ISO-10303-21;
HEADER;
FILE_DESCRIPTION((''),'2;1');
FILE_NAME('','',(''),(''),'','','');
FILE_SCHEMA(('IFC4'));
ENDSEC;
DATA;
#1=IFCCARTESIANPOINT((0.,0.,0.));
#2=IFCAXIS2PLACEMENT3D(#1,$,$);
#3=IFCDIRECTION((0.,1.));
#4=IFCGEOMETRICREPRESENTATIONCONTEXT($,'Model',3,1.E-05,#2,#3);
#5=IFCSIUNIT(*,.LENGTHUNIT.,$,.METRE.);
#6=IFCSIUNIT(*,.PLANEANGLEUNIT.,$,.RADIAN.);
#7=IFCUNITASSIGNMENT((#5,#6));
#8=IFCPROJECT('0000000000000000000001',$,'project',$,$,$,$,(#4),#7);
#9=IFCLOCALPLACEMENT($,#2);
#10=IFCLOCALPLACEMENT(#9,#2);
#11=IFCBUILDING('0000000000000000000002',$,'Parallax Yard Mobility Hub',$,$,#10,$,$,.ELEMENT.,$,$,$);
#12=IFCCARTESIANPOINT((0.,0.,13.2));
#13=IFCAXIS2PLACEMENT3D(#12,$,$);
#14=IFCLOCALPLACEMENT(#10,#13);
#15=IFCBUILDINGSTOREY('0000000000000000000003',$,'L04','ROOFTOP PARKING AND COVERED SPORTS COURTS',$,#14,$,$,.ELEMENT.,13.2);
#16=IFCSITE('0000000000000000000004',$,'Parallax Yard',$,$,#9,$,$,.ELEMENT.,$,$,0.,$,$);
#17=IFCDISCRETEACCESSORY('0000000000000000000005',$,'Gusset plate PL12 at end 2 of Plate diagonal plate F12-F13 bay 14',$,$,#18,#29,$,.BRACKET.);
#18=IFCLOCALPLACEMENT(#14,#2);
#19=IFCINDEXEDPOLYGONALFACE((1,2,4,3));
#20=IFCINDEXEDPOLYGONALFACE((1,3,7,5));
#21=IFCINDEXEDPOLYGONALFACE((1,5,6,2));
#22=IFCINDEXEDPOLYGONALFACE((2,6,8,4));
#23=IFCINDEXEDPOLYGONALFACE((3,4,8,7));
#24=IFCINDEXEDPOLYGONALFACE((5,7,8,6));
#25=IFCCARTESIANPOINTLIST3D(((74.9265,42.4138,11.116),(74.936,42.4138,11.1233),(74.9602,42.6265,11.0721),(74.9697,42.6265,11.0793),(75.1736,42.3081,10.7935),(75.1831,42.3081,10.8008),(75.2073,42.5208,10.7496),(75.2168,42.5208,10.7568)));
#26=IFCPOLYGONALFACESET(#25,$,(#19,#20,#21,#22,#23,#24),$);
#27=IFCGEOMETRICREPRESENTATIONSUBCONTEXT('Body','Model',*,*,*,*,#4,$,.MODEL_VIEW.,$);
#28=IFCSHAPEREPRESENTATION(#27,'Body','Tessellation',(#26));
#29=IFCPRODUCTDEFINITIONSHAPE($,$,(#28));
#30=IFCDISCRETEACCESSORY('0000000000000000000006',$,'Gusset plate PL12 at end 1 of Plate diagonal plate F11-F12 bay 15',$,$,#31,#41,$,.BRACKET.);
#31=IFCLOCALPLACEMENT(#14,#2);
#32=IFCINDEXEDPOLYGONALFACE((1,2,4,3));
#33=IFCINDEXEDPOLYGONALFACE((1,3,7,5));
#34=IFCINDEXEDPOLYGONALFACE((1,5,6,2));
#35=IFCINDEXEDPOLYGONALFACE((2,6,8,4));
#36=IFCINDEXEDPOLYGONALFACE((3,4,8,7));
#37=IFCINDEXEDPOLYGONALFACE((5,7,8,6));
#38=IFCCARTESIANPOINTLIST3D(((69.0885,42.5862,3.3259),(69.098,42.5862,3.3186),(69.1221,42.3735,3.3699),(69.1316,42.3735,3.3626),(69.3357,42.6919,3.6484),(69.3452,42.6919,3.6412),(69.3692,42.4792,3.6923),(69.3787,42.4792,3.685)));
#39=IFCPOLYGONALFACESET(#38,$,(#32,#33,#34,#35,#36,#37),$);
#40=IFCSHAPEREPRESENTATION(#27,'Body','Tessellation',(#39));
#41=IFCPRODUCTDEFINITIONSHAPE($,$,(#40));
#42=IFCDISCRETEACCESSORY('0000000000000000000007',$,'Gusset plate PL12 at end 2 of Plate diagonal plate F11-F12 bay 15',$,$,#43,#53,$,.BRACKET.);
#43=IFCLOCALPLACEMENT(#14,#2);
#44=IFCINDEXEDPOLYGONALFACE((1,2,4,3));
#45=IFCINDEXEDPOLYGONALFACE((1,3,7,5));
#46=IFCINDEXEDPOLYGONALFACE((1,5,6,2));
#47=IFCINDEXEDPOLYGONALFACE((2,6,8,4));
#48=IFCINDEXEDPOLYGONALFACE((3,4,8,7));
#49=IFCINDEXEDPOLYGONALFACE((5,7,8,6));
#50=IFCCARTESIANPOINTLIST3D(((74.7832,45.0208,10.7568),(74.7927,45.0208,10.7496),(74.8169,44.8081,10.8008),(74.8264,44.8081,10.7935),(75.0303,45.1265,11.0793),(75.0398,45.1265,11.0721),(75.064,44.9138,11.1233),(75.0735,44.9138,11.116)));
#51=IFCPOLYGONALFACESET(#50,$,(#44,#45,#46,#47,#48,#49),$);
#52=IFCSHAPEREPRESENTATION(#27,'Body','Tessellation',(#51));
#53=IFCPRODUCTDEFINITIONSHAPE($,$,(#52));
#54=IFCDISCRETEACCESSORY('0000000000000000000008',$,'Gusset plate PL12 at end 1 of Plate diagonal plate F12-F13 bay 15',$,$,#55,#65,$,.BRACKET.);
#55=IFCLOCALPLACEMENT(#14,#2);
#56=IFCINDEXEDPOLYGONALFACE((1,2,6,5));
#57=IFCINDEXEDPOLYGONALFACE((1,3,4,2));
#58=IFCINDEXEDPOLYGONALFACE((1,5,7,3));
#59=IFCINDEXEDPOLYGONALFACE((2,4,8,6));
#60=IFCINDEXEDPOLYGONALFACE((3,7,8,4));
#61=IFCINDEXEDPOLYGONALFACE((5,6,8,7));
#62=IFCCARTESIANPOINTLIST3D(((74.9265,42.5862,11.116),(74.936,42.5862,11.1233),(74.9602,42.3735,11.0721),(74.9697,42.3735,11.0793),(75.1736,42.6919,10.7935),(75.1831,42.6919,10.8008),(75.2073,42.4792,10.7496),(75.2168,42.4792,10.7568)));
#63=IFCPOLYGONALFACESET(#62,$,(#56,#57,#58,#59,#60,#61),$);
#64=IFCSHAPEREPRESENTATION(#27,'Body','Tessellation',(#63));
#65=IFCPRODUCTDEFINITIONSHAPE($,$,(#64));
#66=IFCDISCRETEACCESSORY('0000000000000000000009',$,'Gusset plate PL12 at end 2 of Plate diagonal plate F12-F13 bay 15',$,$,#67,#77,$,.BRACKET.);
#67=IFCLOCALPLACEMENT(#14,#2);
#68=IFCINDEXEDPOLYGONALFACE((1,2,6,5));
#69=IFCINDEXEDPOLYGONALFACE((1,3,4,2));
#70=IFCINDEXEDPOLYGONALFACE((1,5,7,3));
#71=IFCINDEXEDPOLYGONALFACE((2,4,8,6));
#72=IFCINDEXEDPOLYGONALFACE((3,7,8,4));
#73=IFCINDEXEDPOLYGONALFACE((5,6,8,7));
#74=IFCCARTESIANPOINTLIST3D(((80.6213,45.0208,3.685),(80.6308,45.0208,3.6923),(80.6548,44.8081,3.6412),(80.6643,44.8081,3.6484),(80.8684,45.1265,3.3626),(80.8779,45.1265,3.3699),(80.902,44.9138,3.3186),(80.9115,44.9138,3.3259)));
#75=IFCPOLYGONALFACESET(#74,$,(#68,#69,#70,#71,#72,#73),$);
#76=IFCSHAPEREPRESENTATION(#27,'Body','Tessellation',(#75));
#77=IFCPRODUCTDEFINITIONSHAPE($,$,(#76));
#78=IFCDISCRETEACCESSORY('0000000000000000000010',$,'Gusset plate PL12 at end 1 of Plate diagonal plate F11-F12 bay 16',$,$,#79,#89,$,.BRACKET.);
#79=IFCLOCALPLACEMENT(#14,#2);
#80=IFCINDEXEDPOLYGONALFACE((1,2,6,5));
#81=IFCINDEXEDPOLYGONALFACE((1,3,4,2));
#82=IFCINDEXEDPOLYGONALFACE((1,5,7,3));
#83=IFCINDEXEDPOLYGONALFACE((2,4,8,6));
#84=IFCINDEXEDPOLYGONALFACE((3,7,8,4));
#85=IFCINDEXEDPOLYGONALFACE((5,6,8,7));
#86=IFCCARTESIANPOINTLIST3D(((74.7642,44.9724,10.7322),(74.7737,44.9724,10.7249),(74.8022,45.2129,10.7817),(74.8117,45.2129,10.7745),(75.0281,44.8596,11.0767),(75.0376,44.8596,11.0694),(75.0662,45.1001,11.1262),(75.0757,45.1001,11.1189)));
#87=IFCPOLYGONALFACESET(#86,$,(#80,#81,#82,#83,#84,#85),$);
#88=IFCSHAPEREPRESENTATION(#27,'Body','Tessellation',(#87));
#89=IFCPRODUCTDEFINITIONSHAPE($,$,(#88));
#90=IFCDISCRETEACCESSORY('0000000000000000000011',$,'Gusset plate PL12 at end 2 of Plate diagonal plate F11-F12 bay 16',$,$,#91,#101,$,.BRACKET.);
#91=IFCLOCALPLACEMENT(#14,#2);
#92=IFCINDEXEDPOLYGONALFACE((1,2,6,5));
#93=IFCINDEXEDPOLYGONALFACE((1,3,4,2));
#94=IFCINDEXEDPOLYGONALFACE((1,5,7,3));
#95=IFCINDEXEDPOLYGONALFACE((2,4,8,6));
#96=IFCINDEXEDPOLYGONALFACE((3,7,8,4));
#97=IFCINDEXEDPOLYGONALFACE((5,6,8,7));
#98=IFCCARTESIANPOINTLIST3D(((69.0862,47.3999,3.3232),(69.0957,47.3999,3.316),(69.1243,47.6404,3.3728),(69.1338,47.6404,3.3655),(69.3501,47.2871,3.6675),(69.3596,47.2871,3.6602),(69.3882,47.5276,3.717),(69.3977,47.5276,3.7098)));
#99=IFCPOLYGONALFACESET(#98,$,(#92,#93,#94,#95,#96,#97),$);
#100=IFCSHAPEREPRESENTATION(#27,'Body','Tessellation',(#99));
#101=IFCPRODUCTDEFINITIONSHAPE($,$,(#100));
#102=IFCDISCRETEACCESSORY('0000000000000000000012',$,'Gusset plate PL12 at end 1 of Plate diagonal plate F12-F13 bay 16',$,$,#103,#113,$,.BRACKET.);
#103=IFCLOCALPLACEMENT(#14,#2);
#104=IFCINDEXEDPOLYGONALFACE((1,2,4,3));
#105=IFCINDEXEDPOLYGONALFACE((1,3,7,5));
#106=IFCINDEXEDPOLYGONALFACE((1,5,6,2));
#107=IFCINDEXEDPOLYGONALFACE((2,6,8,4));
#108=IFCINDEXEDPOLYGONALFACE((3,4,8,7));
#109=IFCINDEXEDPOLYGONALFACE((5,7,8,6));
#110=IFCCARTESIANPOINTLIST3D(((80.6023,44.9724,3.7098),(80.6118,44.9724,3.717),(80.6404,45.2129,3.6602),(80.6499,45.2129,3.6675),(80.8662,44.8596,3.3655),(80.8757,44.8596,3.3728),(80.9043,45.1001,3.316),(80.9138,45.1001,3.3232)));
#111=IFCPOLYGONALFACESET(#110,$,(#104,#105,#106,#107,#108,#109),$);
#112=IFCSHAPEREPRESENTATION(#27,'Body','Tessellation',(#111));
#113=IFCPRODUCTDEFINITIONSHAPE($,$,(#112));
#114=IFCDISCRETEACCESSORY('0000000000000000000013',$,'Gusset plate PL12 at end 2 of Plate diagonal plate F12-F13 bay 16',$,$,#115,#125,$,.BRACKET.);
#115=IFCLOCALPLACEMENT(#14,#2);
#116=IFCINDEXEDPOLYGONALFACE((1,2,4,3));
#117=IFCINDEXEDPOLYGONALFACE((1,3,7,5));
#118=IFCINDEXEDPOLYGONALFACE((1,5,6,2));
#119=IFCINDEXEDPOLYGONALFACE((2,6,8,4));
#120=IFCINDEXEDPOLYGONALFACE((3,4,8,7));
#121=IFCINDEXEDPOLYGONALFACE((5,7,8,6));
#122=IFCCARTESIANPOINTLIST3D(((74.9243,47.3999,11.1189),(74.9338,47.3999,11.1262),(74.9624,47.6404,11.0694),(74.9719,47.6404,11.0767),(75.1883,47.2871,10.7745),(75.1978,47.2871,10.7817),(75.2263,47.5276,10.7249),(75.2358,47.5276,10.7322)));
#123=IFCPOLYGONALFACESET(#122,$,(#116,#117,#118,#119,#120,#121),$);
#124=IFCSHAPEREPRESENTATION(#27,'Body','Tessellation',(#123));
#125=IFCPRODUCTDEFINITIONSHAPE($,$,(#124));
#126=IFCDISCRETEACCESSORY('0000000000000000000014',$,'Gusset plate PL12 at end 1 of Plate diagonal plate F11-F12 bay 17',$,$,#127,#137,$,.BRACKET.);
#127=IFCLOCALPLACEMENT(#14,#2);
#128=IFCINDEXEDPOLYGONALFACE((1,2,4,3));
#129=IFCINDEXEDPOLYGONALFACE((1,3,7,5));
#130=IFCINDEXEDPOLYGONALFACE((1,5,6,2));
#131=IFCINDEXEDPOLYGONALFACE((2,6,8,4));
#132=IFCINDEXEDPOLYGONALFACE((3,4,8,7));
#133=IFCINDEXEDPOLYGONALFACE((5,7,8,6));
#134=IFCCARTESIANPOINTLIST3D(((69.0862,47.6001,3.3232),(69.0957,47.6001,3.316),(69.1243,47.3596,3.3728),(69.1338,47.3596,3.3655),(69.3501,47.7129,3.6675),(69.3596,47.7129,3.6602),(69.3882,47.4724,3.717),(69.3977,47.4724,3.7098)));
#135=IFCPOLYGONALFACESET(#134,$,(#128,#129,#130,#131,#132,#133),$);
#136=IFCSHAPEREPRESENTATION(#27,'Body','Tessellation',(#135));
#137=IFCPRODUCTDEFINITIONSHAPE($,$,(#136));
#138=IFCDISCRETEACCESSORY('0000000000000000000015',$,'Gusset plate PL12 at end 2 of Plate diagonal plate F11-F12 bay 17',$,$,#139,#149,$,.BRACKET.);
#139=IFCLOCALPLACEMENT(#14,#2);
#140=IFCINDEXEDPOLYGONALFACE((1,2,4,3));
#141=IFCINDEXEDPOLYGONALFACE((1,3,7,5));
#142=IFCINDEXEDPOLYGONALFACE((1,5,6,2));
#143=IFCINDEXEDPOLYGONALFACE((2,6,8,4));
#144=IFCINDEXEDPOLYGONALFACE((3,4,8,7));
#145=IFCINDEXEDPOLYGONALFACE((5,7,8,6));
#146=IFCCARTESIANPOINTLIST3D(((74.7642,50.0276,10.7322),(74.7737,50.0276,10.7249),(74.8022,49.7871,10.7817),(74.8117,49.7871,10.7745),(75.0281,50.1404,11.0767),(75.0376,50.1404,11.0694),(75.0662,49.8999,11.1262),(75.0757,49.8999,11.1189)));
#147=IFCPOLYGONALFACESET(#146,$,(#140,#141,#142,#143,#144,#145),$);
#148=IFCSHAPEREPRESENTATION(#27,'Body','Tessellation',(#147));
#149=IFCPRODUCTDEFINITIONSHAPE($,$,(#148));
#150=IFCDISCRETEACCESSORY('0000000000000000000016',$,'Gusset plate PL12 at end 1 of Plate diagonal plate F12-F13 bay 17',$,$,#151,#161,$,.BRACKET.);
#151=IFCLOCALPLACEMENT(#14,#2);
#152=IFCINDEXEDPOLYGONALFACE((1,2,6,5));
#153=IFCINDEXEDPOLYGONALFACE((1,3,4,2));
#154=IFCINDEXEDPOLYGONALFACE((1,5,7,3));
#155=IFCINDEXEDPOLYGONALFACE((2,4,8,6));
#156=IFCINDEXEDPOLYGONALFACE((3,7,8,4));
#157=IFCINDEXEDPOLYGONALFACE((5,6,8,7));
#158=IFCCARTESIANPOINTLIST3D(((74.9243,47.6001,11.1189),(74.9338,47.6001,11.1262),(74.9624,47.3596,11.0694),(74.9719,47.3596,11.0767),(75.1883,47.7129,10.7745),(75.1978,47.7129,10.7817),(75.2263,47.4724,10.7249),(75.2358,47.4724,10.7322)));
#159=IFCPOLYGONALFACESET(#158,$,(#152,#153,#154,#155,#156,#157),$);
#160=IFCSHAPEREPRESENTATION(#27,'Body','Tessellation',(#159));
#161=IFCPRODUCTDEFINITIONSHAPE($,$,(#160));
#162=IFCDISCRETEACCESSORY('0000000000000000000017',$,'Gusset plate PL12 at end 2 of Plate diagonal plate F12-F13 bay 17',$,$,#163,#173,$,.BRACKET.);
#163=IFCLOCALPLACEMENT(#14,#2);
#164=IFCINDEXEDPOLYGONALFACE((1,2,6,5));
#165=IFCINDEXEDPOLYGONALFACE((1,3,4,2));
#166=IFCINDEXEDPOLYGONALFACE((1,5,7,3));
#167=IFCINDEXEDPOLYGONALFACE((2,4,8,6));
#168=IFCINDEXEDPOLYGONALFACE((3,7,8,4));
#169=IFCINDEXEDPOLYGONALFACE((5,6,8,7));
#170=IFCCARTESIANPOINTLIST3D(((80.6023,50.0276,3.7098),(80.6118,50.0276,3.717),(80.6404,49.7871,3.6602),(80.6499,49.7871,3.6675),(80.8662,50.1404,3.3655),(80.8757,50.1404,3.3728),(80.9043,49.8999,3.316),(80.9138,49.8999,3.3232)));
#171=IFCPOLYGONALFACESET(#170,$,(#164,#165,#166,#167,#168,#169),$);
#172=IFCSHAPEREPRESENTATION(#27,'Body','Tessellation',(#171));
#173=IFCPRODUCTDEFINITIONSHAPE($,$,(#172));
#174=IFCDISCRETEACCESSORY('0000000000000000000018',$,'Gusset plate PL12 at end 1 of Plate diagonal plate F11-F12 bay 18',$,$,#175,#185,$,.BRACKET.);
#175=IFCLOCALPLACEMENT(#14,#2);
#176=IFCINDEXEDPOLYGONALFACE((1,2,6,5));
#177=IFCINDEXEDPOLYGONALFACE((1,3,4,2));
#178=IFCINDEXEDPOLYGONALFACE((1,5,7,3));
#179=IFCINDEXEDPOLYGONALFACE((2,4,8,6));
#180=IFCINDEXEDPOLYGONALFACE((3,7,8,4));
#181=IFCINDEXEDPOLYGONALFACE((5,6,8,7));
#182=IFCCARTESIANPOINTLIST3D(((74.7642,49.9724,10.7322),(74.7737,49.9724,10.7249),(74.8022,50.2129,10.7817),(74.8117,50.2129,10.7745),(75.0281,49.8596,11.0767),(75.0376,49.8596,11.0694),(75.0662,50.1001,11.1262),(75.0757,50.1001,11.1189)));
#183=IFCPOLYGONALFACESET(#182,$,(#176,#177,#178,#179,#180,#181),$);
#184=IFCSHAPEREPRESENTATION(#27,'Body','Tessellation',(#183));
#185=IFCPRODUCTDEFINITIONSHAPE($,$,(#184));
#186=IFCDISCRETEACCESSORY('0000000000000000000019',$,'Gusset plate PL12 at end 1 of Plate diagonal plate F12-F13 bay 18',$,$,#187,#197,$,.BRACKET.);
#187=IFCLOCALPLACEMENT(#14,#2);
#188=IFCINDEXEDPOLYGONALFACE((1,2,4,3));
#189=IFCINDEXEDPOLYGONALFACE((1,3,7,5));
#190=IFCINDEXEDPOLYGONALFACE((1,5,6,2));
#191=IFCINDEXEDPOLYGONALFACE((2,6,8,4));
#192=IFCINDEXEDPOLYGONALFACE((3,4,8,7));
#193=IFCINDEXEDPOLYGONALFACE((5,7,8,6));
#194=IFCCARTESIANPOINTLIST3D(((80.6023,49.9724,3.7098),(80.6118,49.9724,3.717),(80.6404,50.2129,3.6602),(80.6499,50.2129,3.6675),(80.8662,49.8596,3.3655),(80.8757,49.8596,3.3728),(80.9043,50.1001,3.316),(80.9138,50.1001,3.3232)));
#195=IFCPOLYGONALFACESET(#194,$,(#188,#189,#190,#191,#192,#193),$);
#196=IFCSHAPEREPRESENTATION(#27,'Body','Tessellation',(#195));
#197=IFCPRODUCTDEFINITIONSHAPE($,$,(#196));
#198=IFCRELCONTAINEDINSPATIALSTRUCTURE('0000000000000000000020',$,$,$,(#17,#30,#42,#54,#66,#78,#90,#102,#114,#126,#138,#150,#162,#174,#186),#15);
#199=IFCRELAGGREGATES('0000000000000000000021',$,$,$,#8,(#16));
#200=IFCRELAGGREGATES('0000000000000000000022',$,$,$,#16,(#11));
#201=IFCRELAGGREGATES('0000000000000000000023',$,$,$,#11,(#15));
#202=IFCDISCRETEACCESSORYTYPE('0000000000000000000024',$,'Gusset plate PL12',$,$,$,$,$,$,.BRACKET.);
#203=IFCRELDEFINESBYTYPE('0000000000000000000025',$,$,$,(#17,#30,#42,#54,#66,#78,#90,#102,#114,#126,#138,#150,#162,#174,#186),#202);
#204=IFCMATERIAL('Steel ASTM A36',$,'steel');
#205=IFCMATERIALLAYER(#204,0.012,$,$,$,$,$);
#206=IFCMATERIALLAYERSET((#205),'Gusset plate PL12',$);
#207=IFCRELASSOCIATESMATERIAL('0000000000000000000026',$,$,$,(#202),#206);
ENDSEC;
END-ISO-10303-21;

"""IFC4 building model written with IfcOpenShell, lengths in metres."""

from ifc_helpers import new_model, si_unit, direction, frame, origin, place, context, subcontext, project, spatial, polyline, outline, extrude, material, layer, layer_set, type_object, element, save


model = new_model("IFC4")

# Units and contexts
model_context = context("Model", 3, precision=1e-05, world=origin(), true_north=direction((0.0, 1.0)))
body_context = subcontext(model_context, "Body", "Model", "MODEL_VIEW")
ifc_project = project(units=[si_unit("LENGTHUNIT", "METRE"), si_unit("PLANEANGLEUNIT", "RADIAN")], contexts=[model_context])

# Site, building, storey
site_placement = place(None, origin())
site = spatial("IfcSite", under=ifc_project, at=site_placement, Name="Parallax Yard", CompositionType="ELEMENT", RefElevation=0.0)
building_placement = place(site_placement, origin())
building = spatial("IfcBuilding", under=site, at=building_placement, Name="Parallax Yard Mobility Hub", CompositionType="ELEMENT")
storey_placement = place(building_placement, frame((0.0, 0.0, 13.2)))
storey = spatial("IfcBuildingStorey", under=building, at=storey_placement, Name="L04", Description="ROOFTOP PARKING AND COVERED SPORTS COURTS", CompositionType="ELEMENT", Elevation=13.2)

# Discrete accessories
ifc_material_1 = material(Name="Steel ASTM A36", Category="steel")
ifc_layer = layer(ifc_material_1, 0.012)
ifc_layer_set = layer_set([ifc_layer], Name="Gusset plate PL12")
discrete_accessory_type = type_object("IfcDiscreteAccessoryType", Name="Gusset plate PL12", PredefinedType="BRACKET", material=ifc_layer_set)
discrete_accessory_1_placement = place(storey_placement, frame((75.2168, 42.5208, 10.7568), z_axis=(0.793815, -0.000089, 0.60816), x_axis=(-0.588544, 0.251818, 0.768247)))
element("IfcDiscreteAccessory", 1, at=discrete_accessory_1_placement, inside=storey, type_object=discrete_accessory_type, Name="Gusset plate PL12 at end 2 of Plate diagonal plate F12-F13 bay 14", PredefinedType="BRACKET", context=body_context, shape_type="SweptSolid", body=[
    extrude(outline(polyline([(0.0, 0.0), (0.4198, 0.0), (0.4198, 0.2197), (0.0, 0.2197), (0.0, 0.0)])), origin(), (0.0, 0.0, -1.0), 0.012),
])
discrete_accessory_2_placement = place(storey_placement, frame((69.3357, 42.6919, 3.6484), z_axis=(-0.793746, 0.000396, 0.608249), x_axis=(-0.588741, -0.251732, -0.768125)))
element("IfcDiscreteAccessory", 2, at=discrete_accessory_2_placement, inside=storey, type_object=discrete_accessory_type, Name="Gusset plate PL12 at end 1 of Plate diagonal plate F11-F12 bay 15", PredefinedType="BRACKET", context=body_context, shape_type="SweptSolid", body=[
    extrude(outline(polyline([(0.0, 0.0), (0.4199, 0.0), (0.4199, 0.2197), (0.0001, 0.2197), (0.0, 0.0)])), origin(), (0.0, 0.0, -1.0), 0.012),
])
for number, where, z_axis, x_axis, name in (
    (3, (74.8169, 44.8081, 10.8008), (-0.793815, -0.000089, 0.60816), (0.588544, 0.251818, 0.768247), "Gusset plate PL12 at end 2 of Plate diagonal plate F11-F12 bay 15"),
    (4, (75.1831, 42.6919, 10.8008), (0.793815, 0.000089, 0.60816), (-0.588544, -0.251818, 0.768247), "Gusset plate PL12 at end 1 of Plate diagonal plate F12-F13 bay 15"),
):
    element("IfcDiscreteAccessory", number, at=place(storey_placement, frame(where, z_axis=z_axis, x_axis=x_axis)), inside=storey, type_object=discrete_accessory_type, Name=name, PredefinedType="BRACKET", context=body_context, shape_type="SweptSolid", body=[
        extrude(outline(polyline([(0.0, 0.0), (0.4198, 0.0), (0.4198, 0.2197), (0.0, 0.2197), (0.0, 0.0)])), origin(), (0.0, 0.0, -1.0), 0.012),
    ])
discrete_accessory_3_placement = place(storey_placement, frame((80.6643, 44.8081, 3.6484), z_axis=(0.793746, -0.000396, 0.608249), x_axis=(0.588741, 0.251732, -0.768125)))
element("IfcDiscreteAccessory", 5, at=discrete_accessory_3_placement, inside=storey, type_object=discrete_accessory_type, Name="Gusset plate PL12 at end 2 of Plate diagonal plate F12-F13 bay 15", PredefinedType="BRACKET", context=body_context, shape_type="SweptSolid", body=[
    extrude(outline(polyline([(0.0, 0.0), (0.4199, 0.0), (0.4199, 0.2197), (0.0001, 0.2197), (0.0, 0.0)])), origin(), (0.0, 0.0, -1.0), 0.012),
])
discrete_accessory_4_placement = place(storey_placement, frame((74.7642, 44.9724, 10.7322), z_axis=(-0.793758, 0.00036, 0.608234), x_axis=(0.588603, -0.251558, 0.768287)))
element("IfcDiscreteAccessory", 6, at=discrete_accessory_4_placement, inside=storey, type_object=discrete_accessory_type, Name="Gusset plate PL12 at end 1 of Plate diagonal plate F11-F12 bay 16", PredefinedType="BRACKET", context=body_context, shape_type="SweptSolid", body=[
    extrude(outline(polyline([(0.0, 0.0), (0.4484, 0.0), (0.4484, 0.2485), (0.0, 0.2485), (0.0, 0.0)])), origin(), (0.0, 0.0, -1.0), 0.012),
])
for number, where, z_axis, x_axis, name in (
    (7, (69.3882, 47.5276, 3.717), (-0.793563, 0.000277, 0.608489), (-0.588849, 0.251664, -0.768064), "Gusset plate PL12 at end 2 of Plate diagonal plate F11-F12 bay 16"),
    (8, (80.6118, 44.9724, 3.717), (0.793563, -0.000277, 0.608489), (0.588849, -0.251664, -0.768064), "Gusset plate PL12 at end 1 of Plate diagonal plate F12-F13 bay 16"),
):
    element("IfcDiscreteAccessory", number, at=place(storey_placement, frame(where, z_axis=z_axis, x_axis=x_axis)), inside=storey, type_object=discrete_accessory_type, Name=name, PredefinedType="BRACKET", context=body_context, shape_type="SweptSolid", body=[
        extrude(outline(polyline([(0.0, 0.0), (0.4482, 0.0), (0.4482, 0.2485), (0.0, 0.2485), (0.0, 0.0)])), origin(), (0.0, 0.0, -1.0), 0.012),
    ])
discrete_accessory_5_placement = place(storey_placement, frame((75.2358, 47.5276, 10.7322), z_axis=(0.793758, -0.00036, 0.608234), x_axis=(-0.588603, 0.251558, 0.768287)))
element("IfcDiscreteAccessory", 9, at=discrete_accessory_5_placement, inside=storey, type_object=discrete_accessory_type, Name="Gusset plate PL12 at end 2 of Plate diagonal plate F12-F13 bay 16", PredefinedType="BRACKET", context=body_context, shape_type="SweptSolid", body=[
    extrude(outline(polyline([(0.0, 0.0), (0.4484, 0.0), (0.4484, 0.2485), (0.0, 0.2485), (0.0, 0.0)])), origin(), (0.0, 0.0, -1.0), 0.012),
])
discrete_accessory_6_placement = place(storey_placement, frame((69.3501, 47.7129, 3.6675), z_axis=(-0.793563, -0.000277, 0.608489), x_axis=(-0.588849, -0.251664, -0.768064)))
element("IfcDiscreteAccessory", 10, at=discrete_accessory_6_placement, inside=storey, type_object=discrete_accessory_type, Name="Gusset plate PL12 at end 1 of Plate diagonal plate F11-F12 bay 17", PredefinedType="BRACKET", context=body_context, shape_type="SweptSolid", body=[
    extrude(outline(polyline([(0.0, 0.0), (0.4482, 0.0), (0.4482, 0.2485), (0.0, 0.2485), (0.0, 0.0)])), origin(), (0.0, 0.0, -1.0), 0.012),
])
for number, where, z_axis, x_axis, name in (
    (11, (74.8022, 49.7871, 10.7817), (-0.793758, -0.00036, 0.608234), (0.588603, 0.251558, 0.768287), "Gusset plate PL12 at end 2 of Plate diagonal plate F11-F12 bay 17"),
    (12, (75.1978, 47.7129, 10.7817), (0.793758, 0.00036, 0.608234), (-0.588603, -0.251558, 0.768287), "Gusset plate PL12 at end 1 of Plate diagonal plate F12-F13 bay 17"),
):
    element("IfcDiscreteAccessory", number, at=place(storey_placement, frame(where, z_axis=z_axis, x_axis=x_axis)), inside=storey, type_object=discrete_accessory_type, Name=name, PredefinedType="BRACKET", context=body_context, shape_type="SweptSolid", body=[
        extrude(outline(polyline([(0.0, 0.0), (0.4484, 0.0), (0.4484, 0.2485), (0.0, 0.2485), (0.0, 0.0)])), origin(), (0.0, 0.0, -1.0), 0.012),
    ])
discrete_accessory_7_placement = place(storey_placement, frame((80.6499, 49.7871, 3.6675), z_axis=(0.793563, 0.000277, 0.608489), x_axis=(0.588849, 0.251664, -0.768064)))
element("IfcDiscreteAccessory", 13, at=discrete_accessory_7_placement, inside=storey, type_object=discrete_accessory_type, Name="Gusset plate PL12 at end 2 of Plate diagonal plate F12-F13 bay 17", PredefinedType="BRACKET", context=body_context, shape_type="SweptSolid", body=[
    extrude(outline(polyline([(0.0, 0.0), (0.4482, 0.0), (0.4482, 0.2485), (0.0, 0.2485), (0.0, 0.0)])), origin(), (0.0, 0.0, -1.0), 0.012),
])
discrete_accessory_8_placement = place(storey_placement, frame((74.7642, 49.9724, 10.7322), z_axis=(-0.793758, 0.00036, 0.608234), x_axis=(0.588603, -0.251558, 0.768287)))
element("IfcDiscreteAccessory", 14, at=discrete_accessory_8_placement, inside=storey, type_object=discrete_accessory_type, Name="Gusset plate PL12 at end 1 of Plate diagonal plate F11-F12 bay 18", PredefinedType="BRACKET", context=body_context, shape_type="SweptSolid", body=[
    extrude(outline(polyline([(0.0, 0.0), (0.4484, 0.0), (0.4484, 0.2485), (0.0, 0.2485), (0.0, 0.0)])), origin(), (0.0, 0.0, -1.0), 0.012),
])
discrete_accessory_9_placement = place(storey_placement, frame((80.6118, 49.9724, 3.717), z_axis=(0.793563, -0.000277, 0.608489), x_axis=(0.588849, -0.251664, -0.768064)))
element("IfcDiscreteAccessory", 15, at=discrete_accessory_9_placement, inside=storey, type_object=discrete_accessory_type, Name="Gusset plate PL12 at end 1 of Plate diagonal plate F12-F13 bay 18", PredefinedType="BRACKET", context=body_context, shape_type="SweptSolid", body=[
    extrude(outline(polyline([(0.0, 0.0), (0.4482, 0.0), (0.4482, 0.2485), (0.0, 0.2485), (0.0, 0.0)])), origin(), (0.0, 0.0, -1.0), 0.012),
])

save(model, "model.ifc")
